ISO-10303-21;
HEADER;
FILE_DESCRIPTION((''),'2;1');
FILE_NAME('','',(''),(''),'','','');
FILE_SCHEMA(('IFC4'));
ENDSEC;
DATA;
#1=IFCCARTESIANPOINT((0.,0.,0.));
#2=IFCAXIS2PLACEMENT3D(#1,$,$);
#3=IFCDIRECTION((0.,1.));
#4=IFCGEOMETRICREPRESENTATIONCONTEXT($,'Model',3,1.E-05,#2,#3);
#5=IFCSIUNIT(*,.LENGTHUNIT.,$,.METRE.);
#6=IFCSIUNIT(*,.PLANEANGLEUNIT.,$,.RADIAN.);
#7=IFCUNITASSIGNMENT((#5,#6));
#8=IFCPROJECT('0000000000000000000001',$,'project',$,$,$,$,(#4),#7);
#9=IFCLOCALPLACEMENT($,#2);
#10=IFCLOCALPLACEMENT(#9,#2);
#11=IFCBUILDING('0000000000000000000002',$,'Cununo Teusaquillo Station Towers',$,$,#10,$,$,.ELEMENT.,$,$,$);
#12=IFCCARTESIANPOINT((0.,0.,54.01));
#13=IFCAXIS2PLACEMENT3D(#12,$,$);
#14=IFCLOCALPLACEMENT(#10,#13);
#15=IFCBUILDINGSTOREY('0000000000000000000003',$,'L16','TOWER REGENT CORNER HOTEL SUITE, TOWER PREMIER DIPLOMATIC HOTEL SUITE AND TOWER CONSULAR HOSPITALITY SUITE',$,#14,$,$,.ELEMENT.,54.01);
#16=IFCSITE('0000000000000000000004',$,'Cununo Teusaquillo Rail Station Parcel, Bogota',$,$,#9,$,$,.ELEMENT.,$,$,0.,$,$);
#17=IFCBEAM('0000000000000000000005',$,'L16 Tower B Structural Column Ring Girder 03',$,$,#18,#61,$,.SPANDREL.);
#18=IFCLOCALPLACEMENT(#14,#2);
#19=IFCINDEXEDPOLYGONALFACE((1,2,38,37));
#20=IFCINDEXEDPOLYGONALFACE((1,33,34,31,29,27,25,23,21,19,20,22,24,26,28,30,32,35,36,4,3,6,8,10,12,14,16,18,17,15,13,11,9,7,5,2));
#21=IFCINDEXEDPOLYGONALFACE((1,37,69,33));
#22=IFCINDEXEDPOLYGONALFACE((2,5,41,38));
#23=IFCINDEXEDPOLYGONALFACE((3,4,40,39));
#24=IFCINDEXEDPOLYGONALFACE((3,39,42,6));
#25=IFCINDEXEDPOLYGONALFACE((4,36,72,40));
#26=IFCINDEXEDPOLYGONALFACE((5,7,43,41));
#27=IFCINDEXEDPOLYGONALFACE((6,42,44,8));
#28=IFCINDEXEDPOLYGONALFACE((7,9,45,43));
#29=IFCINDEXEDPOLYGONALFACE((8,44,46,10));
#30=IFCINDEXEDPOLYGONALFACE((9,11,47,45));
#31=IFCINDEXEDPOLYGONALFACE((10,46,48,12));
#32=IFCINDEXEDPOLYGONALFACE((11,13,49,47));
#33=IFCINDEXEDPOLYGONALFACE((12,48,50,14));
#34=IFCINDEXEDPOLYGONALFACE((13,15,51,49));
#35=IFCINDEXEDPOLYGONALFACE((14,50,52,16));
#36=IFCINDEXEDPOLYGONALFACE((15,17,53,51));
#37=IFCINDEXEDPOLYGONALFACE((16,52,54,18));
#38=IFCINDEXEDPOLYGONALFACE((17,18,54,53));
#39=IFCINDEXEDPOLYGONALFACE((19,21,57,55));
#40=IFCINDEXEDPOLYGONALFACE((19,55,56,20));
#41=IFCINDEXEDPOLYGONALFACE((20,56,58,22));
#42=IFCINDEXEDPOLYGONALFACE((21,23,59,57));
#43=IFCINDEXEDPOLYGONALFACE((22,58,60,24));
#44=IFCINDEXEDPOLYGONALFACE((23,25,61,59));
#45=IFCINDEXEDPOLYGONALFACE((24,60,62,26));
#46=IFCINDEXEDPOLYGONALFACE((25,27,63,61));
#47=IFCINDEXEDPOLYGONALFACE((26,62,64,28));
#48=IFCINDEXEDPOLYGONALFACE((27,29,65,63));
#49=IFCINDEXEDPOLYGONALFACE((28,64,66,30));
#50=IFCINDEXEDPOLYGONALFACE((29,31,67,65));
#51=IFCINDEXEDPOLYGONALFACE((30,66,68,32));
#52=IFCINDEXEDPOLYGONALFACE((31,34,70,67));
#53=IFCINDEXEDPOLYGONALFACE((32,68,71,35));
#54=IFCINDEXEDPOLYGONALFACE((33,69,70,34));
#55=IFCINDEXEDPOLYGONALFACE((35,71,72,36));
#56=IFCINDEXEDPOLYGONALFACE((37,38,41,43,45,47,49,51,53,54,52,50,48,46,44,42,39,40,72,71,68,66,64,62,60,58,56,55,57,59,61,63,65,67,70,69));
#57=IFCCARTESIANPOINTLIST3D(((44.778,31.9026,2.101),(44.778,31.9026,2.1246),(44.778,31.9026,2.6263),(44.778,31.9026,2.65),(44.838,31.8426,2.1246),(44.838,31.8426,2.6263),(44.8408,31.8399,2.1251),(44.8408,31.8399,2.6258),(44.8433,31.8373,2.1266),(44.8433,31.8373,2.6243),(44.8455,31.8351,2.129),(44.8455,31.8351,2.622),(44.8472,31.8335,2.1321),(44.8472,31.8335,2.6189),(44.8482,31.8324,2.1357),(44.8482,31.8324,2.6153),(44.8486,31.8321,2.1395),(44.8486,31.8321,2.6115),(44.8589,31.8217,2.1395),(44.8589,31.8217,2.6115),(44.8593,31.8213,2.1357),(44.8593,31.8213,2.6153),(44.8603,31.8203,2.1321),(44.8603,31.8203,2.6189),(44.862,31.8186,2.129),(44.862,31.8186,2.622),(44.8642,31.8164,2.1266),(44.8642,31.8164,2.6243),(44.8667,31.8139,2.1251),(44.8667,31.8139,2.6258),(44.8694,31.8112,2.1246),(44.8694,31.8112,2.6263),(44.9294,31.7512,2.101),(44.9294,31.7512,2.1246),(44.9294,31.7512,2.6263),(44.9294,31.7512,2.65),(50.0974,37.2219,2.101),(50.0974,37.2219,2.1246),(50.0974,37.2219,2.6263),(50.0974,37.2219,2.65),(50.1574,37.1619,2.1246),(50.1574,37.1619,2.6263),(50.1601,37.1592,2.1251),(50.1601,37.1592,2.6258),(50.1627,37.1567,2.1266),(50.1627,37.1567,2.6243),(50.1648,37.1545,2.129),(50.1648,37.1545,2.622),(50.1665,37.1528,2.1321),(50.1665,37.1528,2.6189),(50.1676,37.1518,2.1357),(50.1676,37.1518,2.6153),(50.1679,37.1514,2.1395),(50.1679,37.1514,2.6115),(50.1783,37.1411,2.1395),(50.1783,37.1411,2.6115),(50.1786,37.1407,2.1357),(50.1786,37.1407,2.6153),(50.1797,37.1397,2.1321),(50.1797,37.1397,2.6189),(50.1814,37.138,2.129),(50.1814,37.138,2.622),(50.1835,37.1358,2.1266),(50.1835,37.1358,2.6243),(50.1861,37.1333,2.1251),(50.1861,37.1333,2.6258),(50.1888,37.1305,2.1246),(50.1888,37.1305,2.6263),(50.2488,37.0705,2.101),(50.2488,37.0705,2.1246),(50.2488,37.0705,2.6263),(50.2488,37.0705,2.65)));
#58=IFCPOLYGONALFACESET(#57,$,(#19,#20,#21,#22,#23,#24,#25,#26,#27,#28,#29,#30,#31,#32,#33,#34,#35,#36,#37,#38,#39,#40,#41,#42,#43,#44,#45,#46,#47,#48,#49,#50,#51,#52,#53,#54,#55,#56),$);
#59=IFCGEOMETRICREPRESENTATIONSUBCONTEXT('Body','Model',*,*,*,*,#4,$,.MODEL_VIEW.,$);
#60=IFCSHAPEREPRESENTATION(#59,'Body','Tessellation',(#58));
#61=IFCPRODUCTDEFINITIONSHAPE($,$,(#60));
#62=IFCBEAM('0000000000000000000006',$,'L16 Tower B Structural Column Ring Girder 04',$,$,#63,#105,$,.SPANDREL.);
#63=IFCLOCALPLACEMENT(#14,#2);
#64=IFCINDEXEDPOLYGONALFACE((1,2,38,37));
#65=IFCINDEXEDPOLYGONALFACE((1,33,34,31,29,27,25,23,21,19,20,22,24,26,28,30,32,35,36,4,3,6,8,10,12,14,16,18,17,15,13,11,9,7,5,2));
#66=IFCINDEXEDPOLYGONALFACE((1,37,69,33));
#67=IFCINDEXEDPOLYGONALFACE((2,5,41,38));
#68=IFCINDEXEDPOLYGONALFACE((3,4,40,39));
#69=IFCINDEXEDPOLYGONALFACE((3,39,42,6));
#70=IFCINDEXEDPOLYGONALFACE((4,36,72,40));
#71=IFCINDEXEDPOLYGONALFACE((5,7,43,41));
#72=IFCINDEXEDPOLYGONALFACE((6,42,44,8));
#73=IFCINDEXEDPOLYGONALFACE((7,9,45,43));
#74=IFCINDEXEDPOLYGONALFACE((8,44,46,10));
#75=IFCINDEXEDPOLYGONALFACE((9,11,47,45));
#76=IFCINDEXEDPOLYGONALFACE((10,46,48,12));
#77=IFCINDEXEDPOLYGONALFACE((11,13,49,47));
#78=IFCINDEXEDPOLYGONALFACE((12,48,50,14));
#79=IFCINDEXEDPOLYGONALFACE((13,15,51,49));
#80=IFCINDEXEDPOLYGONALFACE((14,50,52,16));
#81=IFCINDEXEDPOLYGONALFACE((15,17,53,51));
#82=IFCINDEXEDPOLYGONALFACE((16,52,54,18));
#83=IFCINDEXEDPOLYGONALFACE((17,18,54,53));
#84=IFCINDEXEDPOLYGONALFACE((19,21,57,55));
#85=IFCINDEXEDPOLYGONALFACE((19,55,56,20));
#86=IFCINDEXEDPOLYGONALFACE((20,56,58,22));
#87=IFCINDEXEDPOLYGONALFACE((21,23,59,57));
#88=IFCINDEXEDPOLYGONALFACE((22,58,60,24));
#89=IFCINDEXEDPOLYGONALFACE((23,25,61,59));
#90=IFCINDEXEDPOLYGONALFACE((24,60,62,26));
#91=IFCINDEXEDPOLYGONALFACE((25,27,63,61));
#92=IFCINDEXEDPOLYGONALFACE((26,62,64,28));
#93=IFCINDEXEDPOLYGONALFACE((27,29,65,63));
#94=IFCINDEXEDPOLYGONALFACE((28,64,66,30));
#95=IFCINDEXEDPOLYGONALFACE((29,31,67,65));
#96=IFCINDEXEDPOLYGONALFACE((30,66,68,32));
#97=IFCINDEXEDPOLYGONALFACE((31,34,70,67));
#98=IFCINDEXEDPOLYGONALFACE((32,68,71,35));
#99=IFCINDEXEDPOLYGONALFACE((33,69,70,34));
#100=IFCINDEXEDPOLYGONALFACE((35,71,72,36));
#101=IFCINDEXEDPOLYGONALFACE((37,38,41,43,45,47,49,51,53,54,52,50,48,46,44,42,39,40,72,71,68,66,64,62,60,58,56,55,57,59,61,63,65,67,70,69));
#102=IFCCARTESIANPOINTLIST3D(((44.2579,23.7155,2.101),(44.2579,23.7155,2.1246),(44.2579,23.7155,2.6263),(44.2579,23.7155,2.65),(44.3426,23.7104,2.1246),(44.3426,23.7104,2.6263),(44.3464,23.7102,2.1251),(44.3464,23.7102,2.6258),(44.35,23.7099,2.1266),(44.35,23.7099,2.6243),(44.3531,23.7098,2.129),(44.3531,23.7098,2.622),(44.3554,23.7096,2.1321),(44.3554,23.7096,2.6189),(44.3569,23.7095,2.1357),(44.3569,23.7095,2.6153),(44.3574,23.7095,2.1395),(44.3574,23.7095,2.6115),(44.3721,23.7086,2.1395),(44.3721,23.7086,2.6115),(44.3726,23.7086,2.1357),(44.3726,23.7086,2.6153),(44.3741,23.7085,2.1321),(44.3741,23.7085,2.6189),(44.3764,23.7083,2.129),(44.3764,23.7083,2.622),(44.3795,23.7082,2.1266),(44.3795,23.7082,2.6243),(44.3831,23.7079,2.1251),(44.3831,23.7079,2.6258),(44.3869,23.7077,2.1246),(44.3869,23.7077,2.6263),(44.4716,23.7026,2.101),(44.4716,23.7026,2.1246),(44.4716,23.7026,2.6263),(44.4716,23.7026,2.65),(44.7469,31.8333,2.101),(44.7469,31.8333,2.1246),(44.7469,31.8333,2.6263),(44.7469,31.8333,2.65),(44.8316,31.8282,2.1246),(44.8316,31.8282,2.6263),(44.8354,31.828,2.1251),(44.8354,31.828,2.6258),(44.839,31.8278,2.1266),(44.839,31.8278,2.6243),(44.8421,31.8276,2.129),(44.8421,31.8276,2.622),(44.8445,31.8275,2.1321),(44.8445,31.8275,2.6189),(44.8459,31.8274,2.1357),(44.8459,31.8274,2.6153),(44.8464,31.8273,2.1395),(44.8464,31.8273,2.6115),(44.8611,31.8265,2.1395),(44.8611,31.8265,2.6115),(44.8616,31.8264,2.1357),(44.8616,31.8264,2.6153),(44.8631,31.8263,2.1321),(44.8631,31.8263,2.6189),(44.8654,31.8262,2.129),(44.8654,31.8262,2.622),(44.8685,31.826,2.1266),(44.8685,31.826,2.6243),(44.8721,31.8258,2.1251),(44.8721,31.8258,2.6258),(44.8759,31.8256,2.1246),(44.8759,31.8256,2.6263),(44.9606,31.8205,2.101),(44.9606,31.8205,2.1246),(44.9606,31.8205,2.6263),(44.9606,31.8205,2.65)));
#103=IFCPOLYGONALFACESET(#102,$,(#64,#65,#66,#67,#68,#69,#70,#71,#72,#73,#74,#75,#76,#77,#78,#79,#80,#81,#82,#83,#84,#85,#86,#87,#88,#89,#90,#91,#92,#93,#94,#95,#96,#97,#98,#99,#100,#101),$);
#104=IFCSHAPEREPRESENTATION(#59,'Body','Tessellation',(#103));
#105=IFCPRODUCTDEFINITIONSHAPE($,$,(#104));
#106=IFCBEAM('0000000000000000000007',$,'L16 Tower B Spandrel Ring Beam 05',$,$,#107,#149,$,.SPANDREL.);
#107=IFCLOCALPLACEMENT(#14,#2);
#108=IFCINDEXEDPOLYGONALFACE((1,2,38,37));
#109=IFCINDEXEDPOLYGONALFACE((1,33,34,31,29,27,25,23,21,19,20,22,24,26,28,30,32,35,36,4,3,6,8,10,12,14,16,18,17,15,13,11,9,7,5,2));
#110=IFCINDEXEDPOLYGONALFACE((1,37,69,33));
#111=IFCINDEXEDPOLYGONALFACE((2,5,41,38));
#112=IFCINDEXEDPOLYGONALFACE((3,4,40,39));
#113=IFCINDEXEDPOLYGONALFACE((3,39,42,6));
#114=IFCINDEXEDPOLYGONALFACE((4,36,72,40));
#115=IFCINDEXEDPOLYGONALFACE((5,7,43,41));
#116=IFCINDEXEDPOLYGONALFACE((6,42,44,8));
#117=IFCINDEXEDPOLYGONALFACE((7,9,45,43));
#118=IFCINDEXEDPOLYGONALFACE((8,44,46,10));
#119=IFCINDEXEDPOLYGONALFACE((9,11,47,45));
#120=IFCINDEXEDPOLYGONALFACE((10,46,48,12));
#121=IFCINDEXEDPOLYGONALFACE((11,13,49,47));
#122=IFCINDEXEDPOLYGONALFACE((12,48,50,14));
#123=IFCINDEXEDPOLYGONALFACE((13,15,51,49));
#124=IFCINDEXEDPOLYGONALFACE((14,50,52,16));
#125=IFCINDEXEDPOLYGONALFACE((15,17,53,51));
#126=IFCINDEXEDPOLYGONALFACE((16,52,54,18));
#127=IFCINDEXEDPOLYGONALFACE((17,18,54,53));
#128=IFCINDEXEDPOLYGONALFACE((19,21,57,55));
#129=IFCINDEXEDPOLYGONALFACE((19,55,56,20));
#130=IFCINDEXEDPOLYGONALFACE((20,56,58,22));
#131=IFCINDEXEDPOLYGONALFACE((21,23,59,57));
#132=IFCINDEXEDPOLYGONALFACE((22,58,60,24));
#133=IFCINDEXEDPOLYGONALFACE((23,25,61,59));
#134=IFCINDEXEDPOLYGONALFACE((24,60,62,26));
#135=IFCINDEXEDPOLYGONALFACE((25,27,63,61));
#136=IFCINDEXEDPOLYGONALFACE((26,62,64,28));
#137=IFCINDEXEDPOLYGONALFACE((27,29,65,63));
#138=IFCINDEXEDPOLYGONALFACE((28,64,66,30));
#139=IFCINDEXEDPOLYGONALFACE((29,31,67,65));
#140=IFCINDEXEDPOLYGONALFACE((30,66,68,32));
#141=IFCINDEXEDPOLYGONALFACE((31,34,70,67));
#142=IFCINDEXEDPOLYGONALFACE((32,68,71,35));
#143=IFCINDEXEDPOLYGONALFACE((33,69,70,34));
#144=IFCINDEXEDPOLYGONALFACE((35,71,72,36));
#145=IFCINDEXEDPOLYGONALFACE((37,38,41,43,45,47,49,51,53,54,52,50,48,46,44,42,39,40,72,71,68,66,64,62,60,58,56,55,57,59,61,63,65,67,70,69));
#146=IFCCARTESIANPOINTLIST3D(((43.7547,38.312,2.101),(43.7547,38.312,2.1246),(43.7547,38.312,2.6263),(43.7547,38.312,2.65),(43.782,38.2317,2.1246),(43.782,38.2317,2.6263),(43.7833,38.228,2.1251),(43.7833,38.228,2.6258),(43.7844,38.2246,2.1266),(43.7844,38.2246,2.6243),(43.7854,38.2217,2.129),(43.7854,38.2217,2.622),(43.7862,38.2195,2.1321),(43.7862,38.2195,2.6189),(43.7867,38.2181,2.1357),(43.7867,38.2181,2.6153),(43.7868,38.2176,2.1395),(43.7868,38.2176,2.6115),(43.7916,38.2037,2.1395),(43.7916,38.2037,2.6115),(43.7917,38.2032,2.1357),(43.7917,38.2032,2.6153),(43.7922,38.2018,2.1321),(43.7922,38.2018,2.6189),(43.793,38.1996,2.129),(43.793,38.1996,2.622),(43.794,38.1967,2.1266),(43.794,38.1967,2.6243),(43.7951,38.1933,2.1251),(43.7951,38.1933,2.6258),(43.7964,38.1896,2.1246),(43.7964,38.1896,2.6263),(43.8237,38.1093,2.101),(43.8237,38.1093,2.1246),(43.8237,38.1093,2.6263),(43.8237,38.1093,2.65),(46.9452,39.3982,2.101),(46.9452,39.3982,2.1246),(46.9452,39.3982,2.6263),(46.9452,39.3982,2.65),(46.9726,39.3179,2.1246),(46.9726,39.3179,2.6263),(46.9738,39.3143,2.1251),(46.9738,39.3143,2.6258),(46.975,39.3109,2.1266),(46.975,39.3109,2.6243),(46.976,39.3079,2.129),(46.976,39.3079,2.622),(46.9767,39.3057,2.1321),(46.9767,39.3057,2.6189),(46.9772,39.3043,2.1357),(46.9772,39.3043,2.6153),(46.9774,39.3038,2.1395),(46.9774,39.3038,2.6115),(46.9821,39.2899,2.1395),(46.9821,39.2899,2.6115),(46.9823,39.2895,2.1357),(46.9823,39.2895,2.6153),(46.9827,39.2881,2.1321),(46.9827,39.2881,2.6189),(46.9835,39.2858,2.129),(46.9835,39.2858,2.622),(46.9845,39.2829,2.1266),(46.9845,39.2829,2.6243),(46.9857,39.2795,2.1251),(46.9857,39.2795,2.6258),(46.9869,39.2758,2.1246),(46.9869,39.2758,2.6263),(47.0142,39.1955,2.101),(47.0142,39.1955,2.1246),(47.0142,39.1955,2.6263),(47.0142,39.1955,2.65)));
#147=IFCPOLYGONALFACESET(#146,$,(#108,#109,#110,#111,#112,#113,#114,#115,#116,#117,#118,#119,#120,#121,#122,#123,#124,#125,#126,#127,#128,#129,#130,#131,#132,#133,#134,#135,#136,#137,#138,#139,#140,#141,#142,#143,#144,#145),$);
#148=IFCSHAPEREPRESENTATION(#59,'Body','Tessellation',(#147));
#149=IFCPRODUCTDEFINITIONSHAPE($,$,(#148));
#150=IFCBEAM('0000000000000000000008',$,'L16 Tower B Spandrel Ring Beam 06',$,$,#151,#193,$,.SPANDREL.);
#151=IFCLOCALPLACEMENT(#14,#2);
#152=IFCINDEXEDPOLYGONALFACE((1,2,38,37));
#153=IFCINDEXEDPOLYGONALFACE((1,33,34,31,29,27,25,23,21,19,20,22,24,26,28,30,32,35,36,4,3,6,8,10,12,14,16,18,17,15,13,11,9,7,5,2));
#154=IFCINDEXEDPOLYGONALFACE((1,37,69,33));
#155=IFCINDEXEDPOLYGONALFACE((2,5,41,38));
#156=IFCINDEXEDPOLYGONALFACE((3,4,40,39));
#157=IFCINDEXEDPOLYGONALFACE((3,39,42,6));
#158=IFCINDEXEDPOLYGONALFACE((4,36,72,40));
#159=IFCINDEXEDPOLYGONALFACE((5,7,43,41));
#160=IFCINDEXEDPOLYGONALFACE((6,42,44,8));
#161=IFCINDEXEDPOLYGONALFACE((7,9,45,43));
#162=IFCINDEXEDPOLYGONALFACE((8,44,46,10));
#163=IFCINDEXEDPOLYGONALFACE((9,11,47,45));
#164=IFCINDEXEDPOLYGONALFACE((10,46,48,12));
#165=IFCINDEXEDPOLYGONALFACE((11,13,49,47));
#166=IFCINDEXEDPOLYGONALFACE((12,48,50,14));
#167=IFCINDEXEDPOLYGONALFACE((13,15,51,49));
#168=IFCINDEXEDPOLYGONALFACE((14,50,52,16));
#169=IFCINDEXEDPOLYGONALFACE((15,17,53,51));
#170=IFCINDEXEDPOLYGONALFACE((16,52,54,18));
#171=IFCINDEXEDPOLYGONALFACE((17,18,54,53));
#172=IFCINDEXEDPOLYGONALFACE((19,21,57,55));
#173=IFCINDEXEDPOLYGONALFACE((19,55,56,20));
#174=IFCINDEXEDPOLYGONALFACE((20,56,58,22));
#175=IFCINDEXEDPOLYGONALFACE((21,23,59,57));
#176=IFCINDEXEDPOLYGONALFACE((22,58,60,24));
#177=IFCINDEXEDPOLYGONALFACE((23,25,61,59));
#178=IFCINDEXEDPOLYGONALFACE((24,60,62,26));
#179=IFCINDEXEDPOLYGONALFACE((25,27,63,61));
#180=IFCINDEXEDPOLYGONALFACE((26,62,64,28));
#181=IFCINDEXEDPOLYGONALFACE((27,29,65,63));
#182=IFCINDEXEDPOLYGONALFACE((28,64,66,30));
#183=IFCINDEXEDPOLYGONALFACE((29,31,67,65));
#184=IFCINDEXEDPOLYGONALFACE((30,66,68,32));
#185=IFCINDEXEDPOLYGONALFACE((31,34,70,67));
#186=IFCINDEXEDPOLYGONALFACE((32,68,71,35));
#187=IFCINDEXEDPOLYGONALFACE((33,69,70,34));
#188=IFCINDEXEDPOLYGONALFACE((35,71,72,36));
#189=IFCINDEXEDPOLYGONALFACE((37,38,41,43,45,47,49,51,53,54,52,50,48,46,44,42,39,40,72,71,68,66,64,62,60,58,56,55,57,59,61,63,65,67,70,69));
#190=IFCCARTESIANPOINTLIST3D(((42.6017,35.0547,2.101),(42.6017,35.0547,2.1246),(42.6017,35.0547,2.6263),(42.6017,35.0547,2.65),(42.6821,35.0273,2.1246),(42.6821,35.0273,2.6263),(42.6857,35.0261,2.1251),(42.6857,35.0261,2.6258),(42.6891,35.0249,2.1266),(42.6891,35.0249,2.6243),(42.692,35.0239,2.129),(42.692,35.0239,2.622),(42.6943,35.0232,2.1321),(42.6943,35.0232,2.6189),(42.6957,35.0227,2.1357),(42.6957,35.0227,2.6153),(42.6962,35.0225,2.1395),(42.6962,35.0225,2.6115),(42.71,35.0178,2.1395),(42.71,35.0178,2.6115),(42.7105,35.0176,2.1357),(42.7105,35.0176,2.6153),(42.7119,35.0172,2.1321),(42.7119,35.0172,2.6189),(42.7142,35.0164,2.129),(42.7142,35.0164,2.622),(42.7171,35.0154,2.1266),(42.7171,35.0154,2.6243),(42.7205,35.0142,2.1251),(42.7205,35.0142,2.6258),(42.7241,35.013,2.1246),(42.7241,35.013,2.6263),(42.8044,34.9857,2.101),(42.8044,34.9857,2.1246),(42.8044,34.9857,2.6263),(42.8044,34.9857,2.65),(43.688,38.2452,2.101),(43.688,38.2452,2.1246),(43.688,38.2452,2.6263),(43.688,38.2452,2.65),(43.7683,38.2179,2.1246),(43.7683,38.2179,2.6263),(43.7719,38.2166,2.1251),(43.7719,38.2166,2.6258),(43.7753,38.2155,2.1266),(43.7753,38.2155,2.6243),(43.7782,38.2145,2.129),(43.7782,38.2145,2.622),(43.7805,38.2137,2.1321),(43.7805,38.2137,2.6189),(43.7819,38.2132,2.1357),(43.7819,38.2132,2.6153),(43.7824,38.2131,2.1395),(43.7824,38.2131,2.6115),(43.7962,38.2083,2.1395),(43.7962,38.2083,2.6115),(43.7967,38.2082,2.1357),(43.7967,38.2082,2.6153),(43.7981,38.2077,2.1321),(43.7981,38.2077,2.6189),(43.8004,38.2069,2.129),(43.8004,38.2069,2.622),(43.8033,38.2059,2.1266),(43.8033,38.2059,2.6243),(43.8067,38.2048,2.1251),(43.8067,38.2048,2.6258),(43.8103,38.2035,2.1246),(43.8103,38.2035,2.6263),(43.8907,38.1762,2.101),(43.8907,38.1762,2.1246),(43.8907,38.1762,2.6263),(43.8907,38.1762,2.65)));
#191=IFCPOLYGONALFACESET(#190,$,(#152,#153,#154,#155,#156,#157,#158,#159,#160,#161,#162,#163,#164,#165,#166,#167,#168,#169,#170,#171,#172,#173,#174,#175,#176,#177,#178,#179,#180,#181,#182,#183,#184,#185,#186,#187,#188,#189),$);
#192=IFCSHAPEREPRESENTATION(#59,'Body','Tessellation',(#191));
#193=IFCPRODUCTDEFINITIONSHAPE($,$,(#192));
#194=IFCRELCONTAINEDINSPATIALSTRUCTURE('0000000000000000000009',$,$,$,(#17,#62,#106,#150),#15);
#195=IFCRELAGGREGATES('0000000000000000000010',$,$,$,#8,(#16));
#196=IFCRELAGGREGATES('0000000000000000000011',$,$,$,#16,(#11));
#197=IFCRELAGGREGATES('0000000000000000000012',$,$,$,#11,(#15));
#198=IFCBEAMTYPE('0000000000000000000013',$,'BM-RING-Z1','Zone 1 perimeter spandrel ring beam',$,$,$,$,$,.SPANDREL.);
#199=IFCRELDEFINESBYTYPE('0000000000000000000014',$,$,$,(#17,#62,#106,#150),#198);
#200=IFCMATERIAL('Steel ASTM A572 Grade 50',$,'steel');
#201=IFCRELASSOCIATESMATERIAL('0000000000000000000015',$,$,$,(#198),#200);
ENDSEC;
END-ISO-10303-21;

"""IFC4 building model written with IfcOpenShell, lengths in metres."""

from ifc_helpers import new_model, si_unit, direction, frame, origin, origin_2d, place, context, subcontext, project, spatial, i_section, extrude, material, material_profile, profile_set, type_object, element, save


model = new_model("IFC4")

# Units and contexts
model_context = context("Model", 3, precision=1e-05, world=origin(), true_north=direction((0.0, 1.0)))
body_context = subcontext(model_context, "Body", "Model", "MODEL_VIEW")
ifc_project = project(units=[si_unit("LENGTHUNIT", "METRE"), si_unit("PLANEANGLEUNIT", "RADIAN")], contexts=[model_context])

# Site, building, storey
site_placement = place(None, origin())
site = spatial("IfcSite", under=ifc_project, at=site_placement, Name="Cununo Teusaquillo Rail Station Parcel, Bogota", CompositionType="ELEMENT", RefElevation=0.0)
building_placement = place(site_placement, origin())
building = spatial("IfcBuilding", under=site, at=building_placement, Name="Cununo Teusaquillo Station Towers", CompositionType="ELEMENT")
storey_placement = place(building_placement, frame((0.0, 0.0, 54.01)))
storey = spatial("IfcBuildingStorey", under=building, at=storey_placement, Name="L16", Description="TOWER REGENT CORNER HOTEL SUITE, TOWER PREMIER DIPLOMATIC HOTEL SUITE AND TOWER CONSULAR HOSPITALITY SUITE", CompositionType="ELEMENT", Elevation=54.01)

# Beams
ifc_material_1 = material(Name="Steel ASTM A572 Grade 50", Category="steel")
ifc_material_profile_1 = material_profile(ifc_material_1, i_section(OverallWidth=0.2141, OverallDepth=0.5491, WebThickness=0.0146, FlangeThickness=0.0237, FilletRadius=0.0149, at=origin_2d()), Name="W21X93")
ifc_profile_set_1 = profile_set([ifc_material_profile_1], Name="Steel ASTM A572 Grade 50")
beam_type_1 = type_object("IfcBeamType", Name="BM-RING-Z1", Description="Zone 1 perimeter spandrel ring beam", PredefinedType="SPANDREL", material=ifc_profile_set_1)
beam_1_placement = place(storey_placement, frame((50.1731, 37.1462, 2.3755), z_axis=(-0.707107, -0.707107, 0.0), x_axis=(0.707107, -0.707107, 0.0)))
element("IfcBeam", 1, at=beam_1_placement, inside=storey, type_object=beam_type_1, Name="L16 Tower B Structural Column Ring Girder 03", PredefinedType="SPANDREL", context=body_context, shape_type="SweptSolid", body=[
    extrude(i_section(OverallWidth=0.2141, OverallDepth=0.5491, WebThickness=0.0146, FlangeThickness=0.0237, FilletRadius=0.0149, at=origin_2d()), origin(), (0.0, 0.0, 1.0), 7.5227),
])
beam_2_placement = place(storey_placement, frame((44.8538, 31.8269, 2.3755), z_axis=(-0.06013, -0.998191, 0.0), x_axis=(0.998191, -0.06013, 0.0)))
element("IfcBeam", 2, at=beam_2_placement, inside=storey, type_object=beam_type_1, Name="L16 Tower B Structural Column Ring Girder 04", PredefinedType="SPANDREL", context=body_context, shape_type="SweptSolid", body=[
    extrude(i_section(OverallWidth=0.2141, OverallDepth=0.5491, WebThickness=0.0146, FlangeThickness=0.0237, FilletRadius=0.0149, at=origin_2d()), origin(), (0.0, 0.0, 1.0), 8.1326),
])
for number, where, z_axis, x_axis, name in (
    (3, (46.9797, 39.2969, 2.3755), (-0.946643, -0.322285, 0.0), (0.322285, -0.946643, 0.0), "L16 Tower B Spandrel Ring Beam 05"),
    (4, (43.7893, 38.2107, 2.3755), (-0.322285, -0.946643, 0.0), (0.946643, -0.322285, 0.0), "L16 Tower B Spandrel Ring Beam 06"),
):
    element("IfcBeam", number, at=place(storey_placement, frame(where, z_axis=z_axis, x_axis=x_axis)), inside=storey, type_object=beam_type_1, Name=name, PredefinedType="SPANDREL", context=body_context, shape_type="SweptSolid", body=[
        extrude(i_section(OverallWidth=0.2141, OverallDepth=0.5491, WebThickness=0.0146, FlangeThickness=0.0237, FilletRadius=0.0149, at=origin_2d()), origin(), (0.0, 0.0, 1.0), 3.3704),
    ])

save(model, "model.ifc")
